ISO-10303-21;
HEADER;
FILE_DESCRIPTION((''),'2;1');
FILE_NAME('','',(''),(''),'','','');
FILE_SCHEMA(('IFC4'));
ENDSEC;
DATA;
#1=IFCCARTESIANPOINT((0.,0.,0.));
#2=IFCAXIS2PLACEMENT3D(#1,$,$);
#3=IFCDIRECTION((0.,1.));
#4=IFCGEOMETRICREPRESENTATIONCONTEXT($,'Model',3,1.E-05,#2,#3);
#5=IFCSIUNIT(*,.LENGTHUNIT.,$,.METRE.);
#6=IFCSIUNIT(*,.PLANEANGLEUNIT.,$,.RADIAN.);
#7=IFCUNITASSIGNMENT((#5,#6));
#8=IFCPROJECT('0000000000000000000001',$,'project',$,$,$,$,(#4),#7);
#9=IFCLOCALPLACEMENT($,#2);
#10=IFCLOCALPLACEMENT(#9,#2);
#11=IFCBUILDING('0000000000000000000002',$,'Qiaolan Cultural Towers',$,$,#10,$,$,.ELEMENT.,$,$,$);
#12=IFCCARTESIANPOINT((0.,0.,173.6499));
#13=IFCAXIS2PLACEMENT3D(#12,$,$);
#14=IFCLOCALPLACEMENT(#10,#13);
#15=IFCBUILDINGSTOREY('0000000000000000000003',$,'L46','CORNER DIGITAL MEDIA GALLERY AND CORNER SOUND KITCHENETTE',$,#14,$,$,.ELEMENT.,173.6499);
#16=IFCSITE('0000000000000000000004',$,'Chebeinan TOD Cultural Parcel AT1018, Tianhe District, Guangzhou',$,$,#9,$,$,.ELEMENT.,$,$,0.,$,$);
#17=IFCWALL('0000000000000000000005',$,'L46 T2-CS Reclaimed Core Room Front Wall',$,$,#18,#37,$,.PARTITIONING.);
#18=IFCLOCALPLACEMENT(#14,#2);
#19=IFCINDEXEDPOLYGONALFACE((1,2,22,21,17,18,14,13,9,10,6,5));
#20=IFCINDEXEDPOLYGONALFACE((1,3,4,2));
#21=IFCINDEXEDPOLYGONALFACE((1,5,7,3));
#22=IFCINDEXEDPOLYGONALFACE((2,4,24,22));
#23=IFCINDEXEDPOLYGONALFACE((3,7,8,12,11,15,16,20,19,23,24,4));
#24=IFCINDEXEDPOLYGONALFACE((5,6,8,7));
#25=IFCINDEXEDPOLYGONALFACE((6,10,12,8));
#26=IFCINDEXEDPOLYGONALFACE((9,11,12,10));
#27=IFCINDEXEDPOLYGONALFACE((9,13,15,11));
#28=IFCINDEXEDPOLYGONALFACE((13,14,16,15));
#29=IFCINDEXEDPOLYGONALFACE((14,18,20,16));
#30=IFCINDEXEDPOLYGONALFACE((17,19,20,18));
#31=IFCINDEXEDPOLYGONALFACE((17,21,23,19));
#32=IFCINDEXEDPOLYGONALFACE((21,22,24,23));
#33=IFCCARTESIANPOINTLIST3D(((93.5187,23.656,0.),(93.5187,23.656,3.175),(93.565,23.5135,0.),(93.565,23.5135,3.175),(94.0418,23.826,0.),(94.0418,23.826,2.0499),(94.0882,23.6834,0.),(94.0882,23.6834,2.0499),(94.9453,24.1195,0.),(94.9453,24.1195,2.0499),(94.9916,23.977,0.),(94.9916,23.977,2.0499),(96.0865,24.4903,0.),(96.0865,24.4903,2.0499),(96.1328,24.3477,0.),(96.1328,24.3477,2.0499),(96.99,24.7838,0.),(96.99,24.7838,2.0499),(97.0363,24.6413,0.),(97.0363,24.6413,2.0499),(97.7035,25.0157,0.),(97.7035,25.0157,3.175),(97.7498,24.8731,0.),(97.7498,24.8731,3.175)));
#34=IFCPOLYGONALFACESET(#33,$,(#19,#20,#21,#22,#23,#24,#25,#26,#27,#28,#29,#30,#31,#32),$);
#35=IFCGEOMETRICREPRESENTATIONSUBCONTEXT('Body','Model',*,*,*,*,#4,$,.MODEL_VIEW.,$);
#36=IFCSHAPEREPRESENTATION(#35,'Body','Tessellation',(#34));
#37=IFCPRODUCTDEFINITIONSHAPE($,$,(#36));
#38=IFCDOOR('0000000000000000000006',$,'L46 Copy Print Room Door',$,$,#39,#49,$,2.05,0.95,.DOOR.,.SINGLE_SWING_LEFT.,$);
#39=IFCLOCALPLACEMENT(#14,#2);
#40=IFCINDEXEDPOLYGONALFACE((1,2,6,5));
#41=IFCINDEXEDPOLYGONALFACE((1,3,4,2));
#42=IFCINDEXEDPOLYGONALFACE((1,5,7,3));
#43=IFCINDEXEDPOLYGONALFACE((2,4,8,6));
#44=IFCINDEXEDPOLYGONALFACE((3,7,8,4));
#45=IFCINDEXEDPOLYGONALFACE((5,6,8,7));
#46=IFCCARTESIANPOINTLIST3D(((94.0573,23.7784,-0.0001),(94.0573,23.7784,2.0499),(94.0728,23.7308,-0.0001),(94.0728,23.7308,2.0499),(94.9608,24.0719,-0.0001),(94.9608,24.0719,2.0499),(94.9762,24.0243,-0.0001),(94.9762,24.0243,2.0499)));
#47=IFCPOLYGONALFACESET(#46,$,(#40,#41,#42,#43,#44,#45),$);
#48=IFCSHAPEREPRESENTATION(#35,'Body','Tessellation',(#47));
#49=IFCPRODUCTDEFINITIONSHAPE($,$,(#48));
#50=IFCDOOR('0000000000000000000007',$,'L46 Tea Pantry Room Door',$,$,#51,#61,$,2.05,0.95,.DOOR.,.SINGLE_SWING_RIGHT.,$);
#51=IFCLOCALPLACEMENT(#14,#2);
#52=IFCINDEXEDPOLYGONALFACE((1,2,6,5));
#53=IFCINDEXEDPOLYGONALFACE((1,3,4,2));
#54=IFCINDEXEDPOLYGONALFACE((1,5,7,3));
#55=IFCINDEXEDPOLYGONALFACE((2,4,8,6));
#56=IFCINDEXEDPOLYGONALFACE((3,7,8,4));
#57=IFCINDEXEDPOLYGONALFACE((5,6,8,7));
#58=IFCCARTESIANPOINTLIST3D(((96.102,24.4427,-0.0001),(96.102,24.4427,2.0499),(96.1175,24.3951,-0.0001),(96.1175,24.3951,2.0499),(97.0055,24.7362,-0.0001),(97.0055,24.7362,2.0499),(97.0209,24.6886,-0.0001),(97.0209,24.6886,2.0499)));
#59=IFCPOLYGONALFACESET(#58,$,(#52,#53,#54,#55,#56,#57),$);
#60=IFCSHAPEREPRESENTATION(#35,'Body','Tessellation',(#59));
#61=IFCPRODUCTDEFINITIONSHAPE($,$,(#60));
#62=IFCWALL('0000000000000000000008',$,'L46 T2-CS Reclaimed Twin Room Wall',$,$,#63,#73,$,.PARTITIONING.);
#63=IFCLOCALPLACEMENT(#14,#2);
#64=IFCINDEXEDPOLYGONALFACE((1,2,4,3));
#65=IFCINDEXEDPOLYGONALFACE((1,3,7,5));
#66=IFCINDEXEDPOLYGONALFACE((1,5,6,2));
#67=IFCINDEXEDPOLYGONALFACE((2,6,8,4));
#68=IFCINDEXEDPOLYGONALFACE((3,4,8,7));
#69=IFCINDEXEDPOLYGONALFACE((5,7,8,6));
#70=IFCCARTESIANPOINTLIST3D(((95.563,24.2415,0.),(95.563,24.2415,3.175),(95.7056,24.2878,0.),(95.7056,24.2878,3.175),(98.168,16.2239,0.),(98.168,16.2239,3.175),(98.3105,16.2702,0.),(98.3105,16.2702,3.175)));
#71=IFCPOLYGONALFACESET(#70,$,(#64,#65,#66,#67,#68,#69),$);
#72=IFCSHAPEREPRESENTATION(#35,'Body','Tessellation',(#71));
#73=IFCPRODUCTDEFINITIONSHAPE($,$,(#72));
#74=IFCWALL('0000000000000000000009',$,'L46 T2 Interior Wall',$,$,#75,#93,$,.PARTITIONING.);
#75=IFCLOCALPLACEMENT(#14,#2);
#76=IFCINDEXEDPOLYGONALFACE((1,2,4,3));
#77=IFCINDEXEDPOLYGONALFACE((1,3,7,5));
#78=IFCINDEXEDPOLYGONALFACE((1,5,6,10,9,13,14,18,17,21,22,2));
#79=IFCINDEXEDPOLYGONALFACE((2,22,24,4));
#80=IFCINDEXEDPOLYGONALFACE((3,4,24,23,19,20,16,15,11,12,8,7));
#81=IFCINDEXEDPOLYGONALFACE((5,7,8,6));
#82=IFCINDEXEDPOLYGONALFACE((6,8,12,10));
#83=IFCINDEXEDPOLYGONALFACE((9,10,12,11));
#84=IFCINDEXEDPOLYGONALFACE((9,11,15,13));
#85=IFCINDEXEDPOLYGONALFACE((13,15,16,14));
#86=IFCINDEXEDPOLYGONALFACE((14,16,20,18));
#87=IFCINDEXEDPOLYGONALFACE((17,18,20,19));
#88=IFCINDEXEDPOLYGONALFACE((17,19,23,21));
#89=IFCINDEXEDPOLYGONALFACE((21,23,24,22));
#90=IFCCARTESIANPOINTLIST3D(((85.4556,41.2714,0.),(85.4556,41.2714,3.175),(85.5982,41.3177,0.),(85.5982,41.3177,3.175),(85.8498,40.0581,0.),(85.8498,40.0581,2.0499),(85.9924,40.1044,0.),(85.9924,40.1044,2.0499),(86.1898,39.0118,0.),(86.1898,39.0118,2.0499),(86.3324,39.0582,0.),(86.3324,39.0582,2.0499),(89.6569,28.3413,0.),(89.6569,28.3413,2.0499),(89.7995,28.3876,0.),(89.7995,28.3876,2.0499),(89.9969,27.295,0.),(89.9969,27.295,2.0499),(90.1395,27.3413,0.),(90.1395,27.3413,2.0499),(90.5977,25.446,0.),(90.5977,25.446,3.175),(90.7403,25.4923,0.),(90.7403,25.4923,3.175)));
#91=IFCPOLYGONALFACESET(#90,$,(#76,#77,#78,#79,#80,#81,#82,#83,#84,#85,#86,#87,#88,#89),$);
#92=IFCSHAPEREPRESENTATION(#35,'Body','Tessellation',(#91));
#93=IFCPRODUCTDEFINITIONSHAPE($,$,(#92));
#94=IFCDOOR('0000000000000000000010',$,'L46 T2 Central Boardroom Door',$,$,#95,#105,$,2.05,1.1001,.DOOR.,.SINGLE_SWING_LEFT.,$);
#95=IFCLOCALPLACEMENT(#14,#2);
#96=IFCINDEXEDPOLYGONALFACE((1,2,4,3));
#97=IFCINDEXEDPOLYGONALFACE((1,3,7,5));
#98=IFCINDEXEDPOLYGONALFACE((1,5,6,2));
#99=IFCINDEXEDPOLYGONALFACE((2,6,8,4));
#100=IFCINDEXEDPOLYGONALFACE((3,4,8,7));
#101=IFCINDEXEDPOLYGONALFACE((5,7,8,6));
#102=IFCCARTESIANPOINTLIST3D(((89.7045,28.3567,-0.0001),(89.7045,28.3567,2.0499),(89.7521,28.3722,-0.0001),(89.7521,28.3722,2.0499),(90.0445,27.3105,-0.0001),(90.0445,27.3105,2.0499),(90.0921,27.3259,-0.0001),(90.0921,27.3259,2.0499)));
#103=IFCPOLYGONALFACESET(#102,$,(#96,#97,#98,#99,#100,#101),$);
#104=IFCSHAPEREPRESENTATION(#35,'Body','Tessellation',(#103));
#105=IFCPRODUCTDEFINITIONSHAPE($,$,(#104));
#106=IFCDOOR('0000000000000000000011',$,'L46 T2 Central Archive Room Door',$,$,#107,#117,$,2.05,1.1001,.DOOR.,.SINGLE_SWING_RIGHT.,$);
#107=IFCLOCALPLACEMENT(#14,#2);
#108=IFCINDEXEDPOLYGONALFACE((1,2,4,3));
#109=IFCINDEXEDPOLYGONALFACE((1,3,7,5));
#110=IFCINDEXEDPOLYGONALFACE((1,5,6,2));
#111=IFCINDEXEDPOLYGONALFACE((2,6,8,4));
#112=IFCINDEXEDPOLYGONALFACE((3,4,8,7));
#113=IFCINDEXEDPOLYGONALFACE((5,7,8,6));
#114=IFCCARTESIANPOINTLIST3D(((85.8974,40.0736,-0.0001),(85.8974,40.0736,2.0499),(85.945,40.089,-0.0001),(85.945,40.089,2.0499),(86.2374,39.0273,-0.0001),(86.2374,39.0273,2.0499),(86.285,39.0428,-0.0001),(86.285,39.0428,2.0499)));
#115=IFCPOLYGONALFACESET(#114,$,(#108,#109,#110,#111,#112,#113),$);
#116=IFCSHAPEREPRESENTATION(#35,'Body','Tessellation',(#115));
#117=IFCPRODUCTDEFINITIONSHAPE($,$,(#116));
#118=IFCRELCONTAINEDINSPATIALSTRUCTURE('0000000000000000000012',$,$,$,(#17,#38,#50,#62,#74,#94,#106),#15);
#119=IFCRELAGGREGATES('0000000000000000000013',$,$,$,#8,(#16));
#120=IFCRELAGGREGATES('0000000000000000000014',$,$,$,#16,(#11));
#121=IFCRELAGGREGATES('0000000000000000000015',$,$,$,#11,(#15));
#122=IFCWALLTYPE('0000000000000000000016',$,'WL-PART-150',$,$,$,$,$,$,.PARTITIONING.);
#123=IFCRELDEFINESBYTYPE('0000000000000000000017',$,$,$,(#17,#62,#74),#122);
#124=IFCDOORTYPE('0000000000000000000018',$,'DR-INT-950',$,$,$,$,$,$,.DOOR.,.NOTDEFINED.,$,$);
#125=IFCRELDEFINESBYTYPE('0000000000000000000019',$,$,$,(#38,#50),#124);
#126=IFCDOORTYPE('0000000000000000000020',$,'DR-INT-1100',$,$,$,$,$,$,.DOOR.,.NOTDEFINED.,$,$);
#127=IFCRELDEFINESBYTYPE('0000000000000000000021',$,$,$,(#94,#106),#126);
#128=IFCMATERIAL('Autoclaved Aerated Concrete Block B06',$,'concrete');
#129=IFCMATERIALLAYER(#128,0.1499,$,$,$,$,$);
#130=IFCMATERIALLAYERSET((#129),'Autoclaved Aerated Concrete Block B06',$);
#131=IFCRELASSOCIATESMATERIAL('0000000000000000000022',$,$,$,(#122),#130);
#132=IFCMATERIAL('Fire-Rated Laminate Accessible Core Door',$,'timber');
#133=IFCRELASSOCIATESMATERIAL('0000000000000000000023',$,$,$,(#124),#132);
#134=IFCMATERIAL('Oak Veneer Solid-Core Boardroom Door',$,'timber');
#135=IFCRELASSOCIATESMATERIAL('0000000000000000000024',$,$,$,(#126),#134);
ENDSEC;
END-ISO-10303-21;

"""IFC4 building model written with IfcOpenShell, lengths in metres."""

from ifc_helpers import new_model, si_unit, direction, frame, frame_2d, origin, place, context, subcontext, project, spatial, rectangle, extrude, material, layer, layer_set, type_object, element, fill, save


model = new_model("IFC4")

# Units and contexts
model_context = context("Model", 3, precision=1e-05, world=origin(), true_north=direction((0.0, 1.0)))
body_context = subcontext(model_context, "Body", "Model", "MODEL_VIEW")
ifc_project = project(units=[si_unit("LENGTHUNIT", "METRE"), si_unit("PLANEANGLEUNIT", "RADIAN")], contexts=[model_context])

# Site, building, storey
site_placement = place(None, origin())
site = spatial("IfcSite", under=ifc_project, at=site_placement, Name="Chebeinan TOD Cultural Parcel AT1018, Tianhe District, Guangzhou", CompositionType="ELEMENT", RefElevation=0.0)
building_placement = place(site_placement, origin())
building = spatial("IfcBuilding", under=site, at=building_placement, Name="Qiaolan Cultural Towers", CompositionType="ELEMENT")
storey_placement = place(building_placement, frame((0.0, 0.0, 173.6499)))
storey = spatial("IfcBuildingStorey", under=building, at=storey_placement, Name="L46", Description="CORNER DIGITAL MEDIA GALLERY AND CORNER SOUND KITCHENETTE", CompositionType="ELEMENT", Elevation=173.6499)

# Wall, openings, doors
ifc_material_1 = material(Name="Autoclaved Aerated Concrete Block B06", Category="concrete")
ifc_layer_1 = layer(ifc_material_1, 0.1499)
ifc_layer_set_1 = layer_set([ifc_layer_1], Name="Autoclaved Aerated Concrete Block B06")
wall_type_1 = type_object("IfcWallType", Name="WL-PART-150", PredefinedType="PARTITIONING", material=ifc_layer_set_1)
wall_1_placement = place(storey_placement, frame((93.5417, 23.5847, 0.0), z_axis=(0.0, 0.0, 1.0), x_axis=(0.951064, 0.308994, 0.0)))
wall_1 = element("IfcWall", 1, at=wall_1_placement, inside=storey, type_object=wall_type_1, Name="L46 T2-CS Reclaimed Core Room Front Wall", PredefinedType="PARTITIONING", context=body_context, shape_type="SweptSolid", body=[
    extrude(rectangle(XDim=4.4001, YDim=0.1499, at=frame_2d((2.2002, 0.0))), origin(), (0.0, 0.0, 1.0), 3.175),
])
opening_1_placement = place(wall_1_placement, frame((0.55, 0.0, 0.0)))
opening_1 = element("IfcOpeningElement", 2, at=opening_1_placement, cuts=wall_1, PredefinedType="OPENING", context=body_context, shape_type="SweptSolid", body=[
    extrude(rectangle(XDim=0.95, YDim=2.05, at=frame_2d((0.4751, 1.0249))), frame((0.0, 0.085, 0.0), z_axis=(0.0, -1.0, 0.0), x_axis=(1.0, 0.0, 0.0)), (0.0, 0.0, 1.0), 0.1699),
])
opening_2_placement = place(wall_1_placement, frame((2.7, 0.0, 0.0)))
opening_2 = element("IfcOpeningElement", 3, at=opening_2_placement, cuts=wall_1, PredefinedType="OPENING", context=body_context, shape_type="SweptSolid", body=[
    extrude(rectangle(XDim=0.95, YDim=2.05, at=frame_2d((0.4751, 1.0249))), frame((0.0, 0.085, 0.0), z_axis=(0.0, -1.0, 0.0), x_axis=(1.0, 0.0, 0.0)), (0.0, 0.0, 1.0), 0.1699),
])
ifc_material_2 = material(Name="Fire-Rated Laminate Accessible Core Door", Category="timber")
door_type_1 = type_object("IfcDoorType", Name="DR-INT-950", OperationType="NOTDEFINED", PredefinedType="DOOR", material=ifc_material_2)
door_1_placement = place(opening_1_placement, origin())
door_1 = element("IfcDoor", 4, at=door_1_placement, inside=storey, type_object=door_type_1, Name="L46 Copy Print Room Door", OperationType="SINGLE_SWING_LEFT", OverallHeight=2.05, OverallWidth=0.95, PredefinedType="DOOR", context=body_context, shape_type="SweptSolid", body=[
    extrude(rectangle(XDim=0.95, YDim=2.05, at=frame_2d((0.4751, 1.0249))), frame((0.0, 0.0249, 0.0), z_axis=(0.0, -1.0, 0.0), x_axis=(1.0, 0.0, 0.0)), (0.0, 0.0, 1.0), 0.05),
])
fill(opening_1, door_1)
door_2_placement = place(opening_2_placement, origin())
door_2 = element("IfcDoor", 5, at=door_2_placement, inside=storey, type_object=door_type_1, Name="L46 Tea Pantry Room Door", OperationType="SINGLE_SWING_RIGHT", OverallHeight=2.05, OverallWidth=0.95, PredefinedType="DOOR", context=body_context, shape_type="SweptSolid", body=[
    extrude(rectangle(XDim=0.95, YDim=2.05, at=frame_2d((0.4751, 1.0249))), frame((0.0, 0.0249, 0.0), z_axis=(0.0, -1.0, 0.0), x_axis=(1.0, 0.0, 0.0)), (0.0, 0.0, 1.0), 0.05),
])
fill(opening_2, door_2)

# Wall
wall_2_placement = place(storey_placement, frame((95.6343, 24.2646, 0.0), z_axis=(0.0, 0.0, 1.0), x_axis=(0.309007, -0.95106, 0.0)))
element("IfcWall", 6, at=wall_2_placement, inside=storey, type_object=wall_type_1, Name="L46 T2-CS Reclaimed Twin Room Wall", PredefinedType="PARTITIONING", context=body_context, shape_type="SweptSolid", body=[
    extrude(rectangle(XDim=8.4302, YDim=0.1499, at=frame_2d((4.2151, 0.0))), origin(), (0.0, 0.0, 1.0), 3.175),
])

# Wall, openings, doors
wall_3_placement = place(storey_placement, frame((90.6689, 25.4692, 0.0), z_axis=(0.0, 0.0, 1.0), x_axis=(-0.309022, 0.951055, 0.0)))
wall_3 = element("IfcWall", 7, at=wall_3_placement, inside=storey, type_object=wall_type_1, Name="L46 T2 Interior Wall", PredefinedType="PARTITIONING", context=body_context, shape_type="SweptSolid", body=[
    extrude(rectangle(XDim=16.6399, YDim=0.1499, at=frame_2d((8.3198, 0.0))), origin(), (0.0, 0.0, 1.0), 3.175),
])
opening_3_placement = place(wall_3_placement, frame((1.9441, 0.0, 0.0)))
opening_3 = element("IfcOpeningElement", 8, at=opening_3_placement, cuts=wall_3, PredefinedType="OPENING", context=body_context, shape_type="SweptSolid", body=[
    extrude(rectangle(XDim=1.1001, YDim=2.05, at=frame_2d((0.55, 1.0249))), frame((0.0, 0.085, 0.0), z_axis=(0.0, -1.0, 0.0), x_axis=(1.0, 0.0, 0.0)), (0.0, 0.0, 1.0), 0.1699),
])
opening_4_placement = place(wall_3_placement, frame((14.2639, 0.0, 0.0)))
opening_4 = element("IfcOpeningElement", 9, at=opening_4_placement, cuts=wall_3, PredefinedType="OPENING", context=body_context, shape_type="SweptSolid", body=[
    extrude(rectangle(XDim=1.1001, YDim=2.05, at=frame_2d((0.55, 1.0249))), frame((0.0, 0.085, 0.0), z_axis=(0.0, -1.0, 0.0), x_axis=(1.0, 0.0, 0.0)), (0.0, 0.0, 1.0), 0.1699),
])
ifc_material_3 = material(Name="Oak Veneer Solid-Core Boardroom Door", Category="timber")
door_type_2 = type_object("IfcDoorType", Name="DR-INT-1100", OperationType="NOTDEFINED", PredefinedType="DOOR", material=ifc_material_3)
door_3_placement = place(opening_3_placement, origin())
door_3 = element("IfcDoor", 10, at=door_3_placement, inside=storey, type_object=door_type_2, Name="L46 T2 Central Boardroom Door", OperationType="SINGLE_SWING_LEFT", OverallHeight=2.05, OverallWidth=1.1001, PredefinedType="DOOR", context=body_context, shape_type="SweptSolid", body=[
    extrude(rectangle(XDim=1.1001, YDim=2.05, at=frame_2d((0.55, 1.0249))), frame((0.0, 0.0249, 0.0), z_axis=(0.0, -1.0, 0.0), x_axis=(1.0, 0.0, 0.0)), (0.0, 0.0, 1.0), 0.05),
])
fill(opening_3, door_3)
door_4_placement = place(opening_4_placement, origin())
door_4 = element("IfcDoor", 11, at=door_4_placement, inside=storey, type_object=door_type_2, Name="L46 T2 Central Archive Room Door", OperationType="SINGLE_SWING_RIGHT", OverallHeight=2.05, OverallWidth=1.1001, PredefinedType="DOOR", context=body_context, shape_type="SweptSolid", body=[
    extrude(rectangle(XDim=1.1001, YDim=2.05, at=frame_2d((0.55, 1.0249))), frame((0.0, 0.0249, 0.0), z_axis=(0.0, -1.0, 0.0), x_axis=(1.0, 0.0, 0.0)), (0.0, 0.0, 1.0), 0.05),
])
fill(opening_4, door_4)

save(model, "model.ifc")
